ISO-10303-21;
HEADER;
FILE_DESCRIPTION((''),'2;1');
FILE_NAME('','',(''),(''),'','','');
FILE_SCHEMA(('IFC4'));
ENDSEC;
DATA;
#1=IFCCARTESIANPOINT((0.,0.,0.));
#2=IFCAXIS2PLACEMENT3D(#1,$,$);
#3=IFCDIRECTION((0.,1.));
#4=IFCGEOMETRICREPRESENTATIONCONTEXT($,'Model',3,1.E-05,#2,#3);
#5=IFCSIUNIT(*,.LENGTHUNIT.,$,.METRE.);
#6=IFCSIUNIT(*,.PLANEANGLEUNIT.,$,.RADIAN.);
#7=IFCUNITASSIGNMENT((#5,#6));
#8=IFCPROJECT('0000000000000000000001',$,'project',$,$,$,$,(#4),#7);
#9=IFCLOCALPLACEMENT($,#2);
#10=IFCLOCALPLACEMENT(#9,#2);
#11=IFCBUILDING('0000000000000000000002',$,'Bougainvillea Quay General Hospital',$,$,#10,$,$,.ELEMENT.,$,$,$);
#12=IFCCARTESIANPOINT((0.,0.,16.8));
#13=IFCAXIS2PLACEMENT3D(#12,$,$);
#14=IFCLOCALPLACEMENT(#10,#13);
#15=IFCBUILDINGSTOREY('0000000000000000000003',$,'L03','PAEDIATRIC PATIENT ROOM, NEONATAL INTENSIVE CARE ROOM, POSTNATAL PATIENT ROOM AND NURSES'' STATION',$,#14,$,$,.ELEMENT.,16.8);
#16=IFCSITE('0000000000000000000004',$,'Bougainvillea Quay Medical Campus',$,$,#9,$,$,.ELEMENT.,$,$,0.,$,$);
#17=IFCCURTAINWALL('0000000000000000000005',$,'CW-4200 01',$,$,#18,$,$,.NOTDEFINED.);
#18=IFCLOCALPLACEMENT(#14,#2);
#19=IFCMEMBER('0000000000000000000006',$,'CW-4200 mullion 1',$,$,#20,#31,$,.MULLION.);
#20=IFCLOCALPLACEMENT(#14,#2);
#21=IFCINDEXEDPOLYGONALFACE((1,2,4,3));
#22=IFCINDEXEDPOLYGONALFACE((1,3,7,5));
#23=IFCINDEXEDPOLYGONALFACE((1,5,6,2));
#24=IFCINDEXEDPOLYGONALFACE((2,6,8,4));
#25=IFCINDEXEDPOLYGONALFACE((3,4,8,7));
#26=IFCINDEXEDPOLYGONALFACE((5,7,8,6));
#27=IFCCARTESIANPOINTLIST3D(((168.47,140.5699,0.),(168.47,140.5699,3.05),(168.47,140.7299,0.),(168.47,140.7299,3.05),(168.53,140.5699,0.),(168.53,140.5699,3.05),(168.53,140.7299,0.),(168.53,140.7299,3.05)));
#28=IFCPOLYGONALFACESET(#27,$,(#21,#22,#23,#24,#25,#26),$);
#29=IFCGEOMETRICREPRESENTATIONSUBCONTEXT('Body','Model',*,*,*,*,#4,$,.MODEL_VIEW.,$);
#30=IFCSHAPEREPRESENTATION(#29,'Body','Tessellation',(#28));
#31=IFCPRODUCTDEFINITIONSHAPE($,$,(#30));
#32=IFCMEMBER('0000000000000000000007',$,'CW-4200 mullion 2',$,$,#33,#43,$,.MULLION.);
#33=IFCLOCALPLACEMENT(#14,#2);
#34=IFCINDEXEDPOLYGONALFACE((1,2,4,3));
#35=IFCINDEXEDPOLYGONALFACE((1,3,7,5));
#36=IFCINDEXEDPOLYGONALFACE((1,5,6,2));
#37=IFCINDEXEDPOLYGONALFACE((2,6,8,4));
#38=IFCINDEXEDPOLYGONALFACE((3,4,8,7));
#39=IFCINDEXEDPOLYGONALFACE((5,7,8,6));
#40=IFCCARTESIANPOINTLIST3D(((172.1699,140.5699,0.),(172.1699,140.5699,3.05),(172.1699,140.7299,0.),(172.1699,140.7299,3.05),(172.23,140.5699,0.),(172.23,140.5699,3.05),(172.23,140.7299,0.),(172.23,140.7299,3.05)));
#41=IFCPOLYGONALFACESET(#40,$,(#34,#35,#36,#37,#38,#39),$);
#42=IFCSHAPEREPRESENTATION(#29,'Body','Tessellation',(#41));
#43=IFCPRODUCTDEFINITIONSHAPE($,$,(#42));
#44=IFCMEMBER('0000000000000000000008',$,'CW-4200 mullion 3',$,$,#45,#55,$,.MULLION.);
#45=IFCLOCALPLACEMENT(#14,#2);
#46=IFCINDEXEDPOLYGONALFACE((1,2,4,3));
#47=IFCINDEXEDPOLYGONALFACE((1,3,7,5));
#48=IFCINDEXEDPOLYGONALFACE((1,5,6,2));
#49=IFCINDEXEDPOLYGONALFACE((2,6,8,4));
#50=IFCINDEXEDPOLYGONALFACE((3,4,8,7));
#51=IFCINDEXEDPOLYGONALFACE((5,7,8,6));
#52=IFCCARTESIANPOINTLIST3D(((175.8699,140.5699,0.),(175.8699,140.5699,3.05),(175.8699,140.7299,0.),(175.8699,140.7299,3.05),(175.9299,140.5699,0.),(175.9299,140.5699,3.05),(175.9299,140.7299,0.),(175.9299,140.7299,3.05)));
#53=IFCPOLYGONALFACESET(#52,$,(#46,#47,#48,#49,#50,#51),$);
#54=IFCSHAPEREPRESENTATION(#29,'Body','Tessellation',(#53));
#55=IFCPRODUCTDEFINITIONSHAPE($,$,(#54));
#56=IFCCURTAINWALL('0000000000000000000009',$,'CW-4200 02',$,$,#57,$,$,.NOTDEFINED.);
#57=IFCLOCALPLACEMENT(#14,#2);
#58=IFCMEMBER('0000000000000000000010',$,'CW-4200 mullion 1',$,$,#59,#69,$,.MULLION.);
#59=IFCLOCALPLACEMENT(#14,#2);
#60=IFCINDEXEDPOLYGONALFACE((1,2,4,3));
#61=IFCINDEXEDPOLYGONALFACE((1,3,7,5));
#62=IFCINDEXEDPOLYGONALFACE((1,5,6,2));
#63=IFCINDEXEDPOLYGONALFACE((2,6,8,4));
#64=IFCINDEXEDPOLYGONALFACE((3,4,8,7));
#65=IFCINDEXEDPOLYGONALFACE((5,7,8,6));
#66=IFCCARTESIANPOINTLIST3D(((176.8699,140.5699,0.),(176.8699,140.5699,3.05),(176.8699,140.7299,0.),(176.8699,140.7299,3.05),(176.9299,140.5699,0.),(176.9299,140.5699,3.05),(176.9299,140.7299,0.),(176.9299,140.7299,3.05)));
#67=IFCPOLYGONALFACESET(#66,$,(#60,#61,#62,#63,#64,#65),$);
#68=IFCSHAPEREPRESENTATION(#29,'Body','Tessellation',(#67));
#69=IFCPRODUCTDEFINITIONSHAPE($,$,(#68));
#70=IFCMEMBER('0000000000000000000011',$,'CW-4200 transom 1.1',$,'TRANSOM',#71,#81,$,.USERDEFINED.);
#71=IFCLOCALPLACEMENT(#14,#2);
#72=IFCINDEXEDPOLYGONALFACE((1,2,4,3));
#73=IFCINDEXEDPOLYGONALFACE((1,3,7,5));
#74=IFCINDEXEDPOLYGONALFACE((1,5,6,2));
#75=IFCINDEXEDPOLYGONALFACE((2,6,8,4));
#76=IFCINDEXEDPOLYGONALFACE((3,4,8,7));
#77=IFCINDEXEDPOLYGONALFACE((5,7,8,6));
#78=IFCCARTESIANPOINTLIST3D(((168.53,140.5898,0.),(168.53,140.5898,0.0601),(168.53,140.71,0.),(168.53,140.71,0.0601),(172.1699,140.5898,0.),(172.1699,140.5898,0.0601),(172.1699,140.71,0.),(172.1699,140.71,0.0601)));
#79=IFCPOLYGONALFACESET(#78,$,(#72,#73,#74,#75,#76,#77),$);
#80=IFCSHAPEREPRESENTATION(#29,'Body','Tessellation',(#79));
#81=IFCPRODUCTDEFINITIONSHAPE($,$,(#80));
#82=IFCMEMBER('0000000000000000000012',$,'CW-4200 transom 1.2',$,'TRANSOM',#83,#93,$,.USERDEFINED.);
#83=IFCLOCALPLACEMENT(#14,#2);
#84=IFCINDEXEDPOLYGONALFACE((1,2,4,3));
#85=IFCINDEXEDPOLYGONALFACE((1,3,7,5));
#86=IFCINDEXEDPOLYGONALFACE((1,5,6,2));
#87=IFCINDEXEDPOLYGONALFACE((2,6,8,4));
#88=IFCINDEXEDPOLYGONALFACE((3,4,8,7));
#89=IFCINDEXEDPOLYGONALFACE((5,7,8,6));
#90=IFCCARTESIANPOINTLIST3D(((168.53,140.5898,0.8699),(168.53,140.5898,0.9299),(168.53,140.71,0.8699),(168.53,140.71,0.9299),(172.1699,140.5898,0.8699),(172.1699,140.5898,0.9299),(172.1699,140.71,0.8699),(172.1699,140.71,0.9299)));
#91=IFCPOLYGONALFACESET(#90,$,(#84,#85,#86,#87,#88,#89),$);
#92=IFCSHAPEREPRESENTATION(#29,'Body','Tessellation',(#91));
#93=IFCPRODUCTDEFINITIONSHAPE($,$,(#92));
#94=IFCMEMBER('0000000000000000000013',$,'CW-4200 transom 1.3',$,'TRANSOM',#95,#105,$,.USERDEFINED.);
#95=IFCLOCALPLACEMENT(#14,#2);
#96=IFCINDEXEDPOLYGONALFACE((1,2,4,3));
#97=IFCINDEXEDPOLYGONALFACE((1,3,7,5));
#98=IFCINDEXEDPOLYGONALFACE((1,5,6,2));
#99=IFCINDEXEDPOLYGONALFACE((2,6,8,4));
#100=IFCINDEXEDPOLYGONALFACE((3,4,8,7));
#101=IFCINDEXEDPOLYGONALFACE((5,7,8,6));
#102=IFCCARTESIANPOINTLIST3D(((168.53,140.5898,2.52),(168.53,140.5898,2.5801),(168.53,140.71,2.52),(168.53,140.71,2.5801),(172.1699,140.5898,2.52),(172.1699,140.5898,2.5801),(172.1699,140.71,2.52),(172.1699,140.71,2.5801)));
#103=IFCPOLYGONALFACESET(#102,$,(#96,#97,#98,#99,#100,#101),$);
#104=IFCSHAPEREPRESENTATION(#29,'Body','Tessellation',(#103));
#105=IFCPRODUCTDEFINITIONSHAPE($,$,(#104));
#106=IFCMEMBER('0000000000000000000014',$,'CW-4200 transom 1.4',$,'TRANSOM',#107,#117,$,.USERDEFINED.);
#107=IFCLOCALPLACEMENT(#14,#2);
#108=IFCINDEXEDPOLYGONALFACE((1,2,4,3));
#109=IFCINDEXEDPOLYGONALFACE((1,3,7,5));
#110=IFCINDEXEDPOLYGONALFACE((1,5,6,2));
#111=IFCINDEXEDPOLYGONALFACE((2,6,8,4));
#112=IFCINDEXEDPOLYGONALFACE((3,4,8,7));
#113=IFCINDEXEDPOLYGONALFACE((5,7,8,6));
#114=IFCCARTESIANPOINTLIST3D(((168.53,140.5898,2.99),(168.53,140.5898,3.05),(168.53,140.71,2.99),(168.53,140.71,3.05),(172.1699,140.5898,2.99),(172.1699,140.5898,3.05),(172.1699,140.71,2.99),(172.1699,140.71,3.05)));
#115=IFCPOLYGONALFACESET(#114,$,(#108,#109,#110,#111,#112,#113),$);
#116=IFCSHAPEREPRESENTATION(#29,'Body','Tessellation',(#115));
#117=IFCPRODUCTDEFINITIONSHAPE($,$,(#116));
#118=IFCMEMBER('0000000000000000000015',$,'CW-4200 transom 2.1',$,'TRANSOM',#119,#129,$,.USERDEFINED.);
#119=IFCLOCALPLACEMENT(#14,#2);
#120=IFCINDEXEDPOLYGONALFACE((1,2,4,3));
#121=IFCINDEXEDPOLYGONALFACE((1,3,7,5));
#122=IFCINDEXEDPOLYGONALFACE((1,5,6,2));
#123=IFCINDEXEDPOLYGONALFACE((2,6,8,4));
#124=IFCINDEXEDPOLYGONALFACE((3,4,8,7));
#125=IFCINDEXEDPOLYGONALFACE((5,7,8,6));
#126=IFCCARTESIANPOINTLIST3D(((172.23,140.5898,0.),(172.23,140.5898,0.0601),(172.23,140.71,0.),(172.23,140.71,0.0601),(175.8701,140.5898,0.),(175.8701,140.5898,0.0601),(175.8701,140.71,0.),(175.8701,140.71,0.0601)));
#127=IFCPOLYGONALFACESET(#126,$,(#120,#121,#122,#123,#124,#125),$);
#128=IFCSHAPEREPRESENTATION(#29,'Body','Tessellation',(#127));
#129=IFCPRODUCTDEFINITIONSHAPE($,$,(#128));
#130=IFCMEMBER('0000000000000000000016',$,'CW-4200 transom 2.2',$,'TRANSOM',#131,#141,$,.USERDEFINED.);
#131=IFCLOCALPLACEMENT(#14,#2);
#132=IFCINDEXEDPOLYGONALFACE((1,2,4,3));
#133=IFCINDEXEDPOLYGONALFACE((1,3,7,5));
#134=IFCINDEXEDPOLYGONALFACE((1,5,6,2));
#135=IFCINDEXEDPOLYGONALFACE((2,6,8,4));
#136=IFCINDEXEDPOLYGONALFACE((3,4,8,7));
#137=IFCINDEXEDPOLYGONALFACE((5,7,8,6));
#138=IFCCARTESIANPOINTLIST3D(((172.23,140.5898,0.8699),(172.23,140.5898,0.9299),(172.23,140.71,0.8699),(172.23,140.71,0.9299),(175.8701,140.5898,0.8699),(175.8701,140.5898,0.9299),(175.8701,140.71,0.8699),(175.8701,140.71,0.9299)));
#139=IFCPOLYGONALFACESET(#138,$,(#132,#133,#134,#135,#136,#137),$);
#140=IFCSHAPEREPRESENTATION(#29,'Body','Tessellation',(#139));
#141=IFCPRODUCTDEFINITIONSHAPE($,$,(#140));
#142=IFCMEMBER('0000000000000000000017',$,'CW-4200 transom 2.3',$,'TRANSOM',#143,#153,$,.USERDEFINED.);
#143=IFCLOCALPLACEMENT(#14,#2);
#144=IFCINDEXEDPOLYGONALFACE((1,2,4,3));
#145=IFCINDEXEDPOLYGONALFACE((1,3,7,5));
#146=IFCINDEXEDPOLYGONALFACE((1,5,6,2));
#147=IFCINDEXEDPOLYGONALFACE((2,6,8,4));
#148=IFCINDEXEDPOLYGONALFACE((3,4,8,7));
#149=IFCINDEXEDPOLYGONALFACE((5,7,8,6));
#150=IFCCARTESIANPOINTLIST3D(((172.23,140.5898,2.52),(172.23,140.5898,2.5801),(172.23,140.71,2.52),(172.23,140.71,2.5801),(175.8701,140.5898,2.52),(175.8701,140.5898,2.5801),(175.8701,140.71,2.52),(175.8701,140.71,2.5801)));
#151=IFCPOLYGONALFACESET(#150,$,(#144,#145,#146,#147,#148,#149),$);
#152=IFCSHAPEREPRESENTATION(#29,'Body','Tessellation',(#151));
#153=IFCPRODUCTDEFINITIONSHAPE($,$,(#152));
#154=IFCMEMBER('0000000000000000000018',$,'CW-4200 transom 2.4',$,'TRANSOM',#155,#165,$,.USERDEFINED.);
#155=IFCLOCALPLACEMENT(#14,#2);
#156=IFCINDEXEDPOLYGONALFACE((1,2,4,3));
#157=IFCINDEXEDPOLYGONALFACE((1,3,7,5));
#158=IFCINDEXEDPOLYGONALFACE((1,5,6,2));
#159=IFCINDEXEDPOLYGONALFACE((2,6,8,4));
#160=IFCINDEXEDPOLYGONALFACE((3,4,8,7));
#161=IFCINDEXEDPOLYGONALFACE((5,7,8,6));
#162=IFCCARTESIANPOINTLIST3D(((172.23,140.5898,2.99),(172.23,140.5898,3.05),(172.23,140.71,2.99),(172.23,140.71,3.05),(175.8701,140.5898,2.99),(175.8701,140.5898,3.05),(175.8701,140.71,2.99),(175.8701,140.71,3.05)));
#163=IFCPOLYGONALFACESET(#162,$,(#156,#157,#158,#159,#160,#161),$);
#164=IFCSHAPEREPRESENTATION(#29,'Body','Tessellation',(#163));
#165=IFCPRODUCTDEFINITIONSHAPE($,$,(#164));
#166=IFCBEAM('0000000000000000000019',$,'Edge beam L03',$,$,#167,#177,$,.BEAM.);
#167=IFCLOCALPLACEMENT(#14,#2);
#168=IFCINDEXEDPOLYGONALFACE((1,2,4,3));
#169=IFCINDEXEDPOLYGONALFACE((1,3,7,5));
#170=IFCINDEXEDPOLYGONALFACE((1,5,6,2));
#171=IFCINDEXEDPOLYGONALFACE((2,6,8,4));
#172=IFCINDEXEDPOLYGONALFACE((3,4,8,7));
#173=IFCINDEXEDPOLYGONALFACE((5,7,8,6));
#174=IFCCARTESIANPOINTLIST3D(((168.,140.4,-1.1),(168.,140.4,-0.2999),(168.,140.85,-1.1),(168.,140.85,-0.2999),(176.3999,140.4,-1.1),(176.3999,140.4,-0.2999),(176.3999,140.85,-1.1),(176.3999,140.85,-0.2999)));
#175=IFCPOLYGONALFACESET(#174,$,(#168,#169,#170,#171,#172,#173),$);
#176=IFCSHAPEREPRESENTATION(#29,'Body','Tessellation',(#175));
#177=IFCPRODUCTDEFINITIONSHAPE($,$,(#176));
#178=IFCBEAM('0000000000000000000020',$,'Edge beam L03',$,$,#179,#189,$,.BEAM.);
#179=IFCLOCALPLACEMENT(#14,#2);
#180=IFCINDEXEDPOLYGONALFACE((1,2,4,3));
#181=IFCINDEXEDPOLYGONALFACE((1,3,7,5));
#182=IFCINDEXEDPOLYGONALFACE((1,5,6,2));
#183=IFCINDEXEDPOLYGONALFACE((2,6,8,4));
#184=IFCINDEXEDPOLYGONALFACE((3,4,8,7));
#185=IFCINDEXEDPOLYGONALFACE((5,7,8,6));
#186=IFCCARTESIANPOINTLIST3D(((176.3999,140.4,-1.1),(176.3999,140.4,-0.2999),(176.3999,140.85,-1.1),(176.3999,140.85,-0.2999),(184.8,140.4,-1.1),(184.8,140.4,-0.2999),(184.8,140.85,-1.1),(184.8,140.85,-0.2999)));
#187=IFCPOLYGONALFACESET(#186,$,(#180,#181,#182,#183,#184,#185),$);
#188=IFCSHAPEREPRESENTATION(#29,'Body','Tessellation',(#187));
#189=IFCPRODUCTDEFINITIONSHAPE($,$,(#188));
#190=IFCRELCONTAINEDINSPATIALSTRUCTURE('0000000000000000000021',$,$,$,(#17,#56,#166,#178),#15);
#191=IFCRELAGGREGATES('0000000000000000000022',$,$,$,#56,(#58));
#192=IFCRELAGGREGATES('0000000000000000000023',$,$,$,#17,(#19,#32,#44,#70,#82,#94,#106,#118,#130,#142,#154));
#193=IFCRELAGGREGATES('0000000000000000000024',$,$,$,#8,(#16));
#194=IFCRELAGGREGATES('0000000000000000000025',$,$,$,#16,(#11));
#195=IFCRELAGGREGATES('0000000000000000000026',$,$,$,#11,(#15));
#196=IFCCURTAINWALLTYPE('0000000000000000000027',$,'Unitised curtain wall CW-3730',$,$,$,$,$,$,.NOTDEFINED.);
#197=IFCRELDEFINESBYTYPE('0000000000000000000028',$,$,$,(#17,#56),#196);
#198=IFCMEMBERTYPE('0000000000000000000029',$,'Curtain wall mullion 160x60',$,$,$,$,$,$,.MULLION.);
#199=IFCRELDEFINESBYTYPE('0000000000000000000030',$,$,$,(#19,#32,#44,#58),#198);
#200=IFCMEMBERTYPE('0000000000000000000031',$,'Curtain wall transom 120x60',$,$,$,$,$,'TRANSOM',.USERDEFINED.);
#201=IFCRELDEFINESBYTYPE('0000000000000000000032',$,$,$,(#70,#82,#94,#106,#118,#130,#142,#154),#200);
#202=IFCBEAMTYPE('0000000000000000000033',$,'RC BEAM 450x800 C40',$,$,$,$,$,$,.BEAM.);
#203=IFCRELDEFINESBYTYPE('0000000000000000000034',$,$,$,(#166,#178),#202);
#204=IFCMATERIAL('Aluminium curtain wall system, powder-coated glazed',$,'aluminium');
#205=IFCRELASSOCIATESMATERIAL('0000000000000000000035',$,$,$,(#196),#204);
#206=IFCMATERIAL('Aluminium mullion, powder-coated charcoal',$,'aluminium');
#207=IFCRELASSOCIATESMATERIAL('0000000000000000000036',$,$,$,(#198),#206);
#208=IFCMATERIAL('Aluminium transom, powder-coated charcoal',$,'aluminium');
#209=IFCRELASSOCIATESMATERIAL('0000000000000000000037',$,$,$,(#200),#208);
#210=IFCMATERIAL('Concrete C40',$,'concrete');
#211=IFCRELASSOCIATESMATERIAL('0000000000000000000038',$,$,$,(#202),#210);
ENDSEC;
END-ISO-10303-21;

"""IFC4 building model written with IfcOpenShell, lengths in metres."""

from ifc_helpers import new_model, si_unit, direction, frame, origin, origin_2d, place, context, subcontext, project, spatial, rectangle, extrude, material, material_profile, profile_set, type_object, element, aggregate, save


model = new_model("IFC4")

# Units and contexts
model_context = context("Model", 3, precision=1e-05, world=origin(), true_north=direction((0.0, 1.0)))
body_context = subcontext(model_context, "Body", "Model", "MODEL_VIEW")
ifc_project = project(units=[si_unit("LENGTHUNIT", "METRE"), si_unit("PLANEANGLEUNIT", "RADIAN")], contexts=[model_context])

# Site, building, storey
site_placement = place(None, origin())
site = spatial("IfcSite", under=ifc_project, at=site_placement, Name="Bougainvillea Quay Medical Campus", CompositionType="ELEMENT", RefElevation=0.0)
building_placement = place(site_placement, origin())
building = spatial("IfcBuilding", under=site, at=building_placement, Name="Bougainvillea Quay General Hospital", CompositionType="ELEMENT")
storey_placement = place(building_placement, frame((0.0, 0.0, 16.8)))
storey = spatial("IfcBuildingStorey", under=building, at=storey_placement, Name="L03", Description="PAEDIATRIC PATIENT ROOM, NEONATAL INTENSIVE CARE ROOM, POSTNATAL PATIENT ROOM AND NURSES' STATION", CompositionType="ELEMENT", Elevation=16.8)

# Curtain wall, members
ifc_material_1 = material(Name="Aluminium curtain wall system, powder-coated glazed", Category="aluminium")
curtain_wall_type = type_object("IfcCurtainWallType", Name="Unitised curtain wall CW-3730", PredefinedType="NOTDEFINED", material=ifc_material_1)
curtain_wall_1_placement = place(storey_placement, origin())
curtain_wall_1 = element("IfcCurtainWall", 1, at=curtain_wall_1_placement, inside=storey, type_object=curtain_wall_type, Name="CW-4200 01", PredefinedType="NOTDEFINED")
ifc_material_2 = material(Name="Aluminium mullion, powder-coated charcoal", Category="aluminium")
ifc_material_profile_1 = material_profile(ifc_material_2, rectangle(XDim=0.1599, YDim=0.0601, at=origin_2d()))
ifc_profile_set_1 = profile_set([ifc_material_profile_1], Name="Aluminium mullion, powder-coated charcoal")
member_type_1 = type_object("IfcMemberType", Name="Curtain wall mullion 160x60", PredefinedType="MULLION", material=ifc_profile_set_1)
member_1_placement = place(storey_placement, frame((168.5, 140.6499, 0.0), z_axis=(0.0, 0.0, 1.0), x_axis=(0.0, 1.0, 0.0)))
member_1 = element("IfcMember", 2, at=member_1_placement, type_object=member_type_1, Name="CW-4200 mullion 1", PredefinedType="MULLION", context=body_context, shape_type="SweptSolid", body=[
    extrude(rectangle(XDim=0.1599, YDim=0.0601, at=origin_2d()), origin(), (0.0, 0.0, 1.0), 3.05),
])
member_2_placement = place(storey_placement, frame((172.2, 140.6499, 0.0), z_axis=(0.0, 0.0, 1.0), x_axis=(0.0, 1.0, 0.0)))
member_2 = element("IfcMember", 3, at=member_2_placement, type_object=member_type_1, Name="CW-4200 mullion 2", PredefinedType="MULLION", context=body_context, shape_type="SweptSolid", body=[
    extrude(rectangle(XDim=0.1599, YDim=0.0601, at=origin_2d()), origin(), (0.0, 0.0, 1.0), 3.05),
])
member_3_placement = place(storey_placement, frame((175.8999, 140.6499, 0.0), z_axis=(0.0, 0.0, 1.0), x_axis=(0.0, 1.0, 0.0)))
member_3 = element("IfcMember", 4, at=member_3_placement, type_object=member_type_1, Name="CW-4200 mullion 3", PredefinedType="MULLION", context=body_context, shape_type="SweptSolid", body=[
    extrude(rectangle(XDim=0.1599, YDim=0.0601, at=origin_2d()), origin(), (0.0, 0.0, 1.0), 3.05),
])

# Curtain wall, member
curtain_wall_2_placement = place(storey_placement, origin())
curtain_wall_2 = element("IfcCurtainWall", 5, at=curtain_wall_2_placement, inside=storey, type_object=curtain_wall_type, Name="CW-4200 02", PredefinedType="NOTDEFINED")
member_4_placement = place(storey_placement, frame((176.8999, 140.6499, 0.0), z_axis=(0.0, 0.0, 1.0), x_axis=(0.0, 1.0, 0.0)))
member_4 = element("IfcMember", 6, at=member_4_placement, type_object=member_type_1, Name="CW-4200 mullion 1", PredefinedType="MULLION", context=body_context, shape_type="SweptSolid", body=[
    extrude(rectangle(XDim=0.1599, YDim=0.0601, at=origin_2d()), origin(), (0.0, 0.0, 1.0), 3.05),
])
aggregate(curtain_wall_2, [member_4])

# Members
ifc_material_3 = material(Name="Aluminium transom, powder-coated charcoal", Category="aluminium")
ifc_material_profile_2 = material_profile(ifc_material_3, rectangle(XDim=0.1201, YDim=0.0601, at=origin_2d()))
ifc_profile_set_2 = profile_set([ifc_material_profile_2], Name="Aluminium transom, powder-coated charcoal")
member_type_2 = type_object("IfcMemberType", Name="Curtain wall transom 120x60", ElementType="TRANSOM", PredefinedType="USERDEFINED", material=ifc_profile_set_2)
member_5_placement = place(storey_placement, frame((168.53, 140.6499, 0.03), z_axis=(1.0, 0.0, 0.0), x_axis=(0.0, 1.0, 0.0)))
member_5 = element("IfcMember", 7, at=member_5_placement, type_object=member_type_2, Name="CW-4200 transom 1.1", ObjectType="TRANSOM", PredefinedType="USERDEFINED", context=body_context, shape_type="SweptSolid", body=[
    extrude(rectangle(XDim=0.1201, YDim=0.0601, at=origin_2d()), origin(), (0.0, 0.0, 1.0), 3.6399),
])
member_6_placement = place(storey_placement, frame((168.53, 140.6499, 0.8999), z_axis=(1.0, 0.0, 0.0), x_axis=(0.0, 1.0, 0.0)))
member_6 = element("IfcMember", 8, at=member_6_placement, type_object=member_type_2, Name="CW-4200 transom 1.2", ObjectType="TRANSOM", PredefinedType="USERDEFINED", context=body_context, shape_type="SweptSolid", body=[
    extrude(rectangle(XDim=0.1201, YDim=0.0601, at=origin_2d()), origin(), (0.0, 0.0, 1.0), 3.6399),
])
member_7_placement = place(storey_placement, frame((168.53, 140.6499, 2.55), z_axis=(1.0, 0.0, 0.0), x_axis=(0.0, 1.0, 0.0)))
member_7 = element("IfcMember", 9, at=member_7_placement, type_object=member_type_2, Name="CW-4200 transom 1.3", ObjectType="TRANSOM", PredefinedType="USERDEFINED", context=body_context, shape_type="SweptSolid", body=[
    extrude(rectangle(XDim=0.1201, YDim=0.0601, at=origin_2d()), origin(), (0.0, 0.0, 1.0), 3.6399),
])
member_8_placement = place(storey_placement, frame((168.53, 140.6499, 3.02), z_axis=(1.0, 0.0, 0.0), x_axis=(0.0, 1.0, 0.0)))
member_8 = element("IfcMember", 10, at=member_8_placement, type_object=member_type_2, Name="CW-4200 transom 1.4", ObjectType="TRANSOM", PredefinedType="USERDEFINED", context=body_context, shape_type="SweptSolid", body=[
    extrude(rectangle(XDim=0.1201, YDim=0.0601, at=origin_2d()), origin(), (0.0, 0.0, 1.0), 3.6399),
])
member_9_placement = place(storey_placement, frame((172.23, 140.6499, 0.03), z_axis=(1.0, 0.0, 0.0), x_axis=(0.0, 1.0, 0.0)))
member_9 = element("IfcMember", 11, at=member_9_placement, type_object=member_type_2, Name="CW-4200 transom 2.1", ObjectType="TRANSOM", PredefinedType="USERDEFINED", context=body_context, shape_type="SweptSolid", body=[
    extrude(rectangle(XDim=0.1201, YDim=0.0601, at=origin_2d()), origin(), (0.0, 0.0, 1.0), 3.6401),
])
member_10_placement = place(storey_placement, frame((172.23, 140.6499, 0.8999), z_axis=(1.0, 0.0, 0.0), x_axis=(0.0, 1.0, 0.0)))
member_10 = element("IfcMember", 12, at=member_10_placement, type_object=member_type_2, Name="CW-4200 transom 2.2", ObjectType="TRANSOM", PredefinedType="USERDEFINED", context=body_context, shape_type="SweptSolid", body=[
    extrude(rectangle(XDim=0.1201, YDim=0.0601, at=origin_2d()), origin(), (0.0, 0.0, 1.0), 3.6401),
])
member_11_placement = place(storey_placement, frame((172.23, 140.6499, 2.55), z_axis=(1.0, 0.0, 0.0), x_axis=(0.0, 1.0, 0.0)))
member_11 = element("IfcMember", 13, at=member_11_placement, type_object=member_type_2, Name="CW-4200 transom 2.3", ObjectType="TRANSOM", PredefinedType="USERDEFINED", context=body_context, shape_type="SweptSolid", body=[
    extrude(rectangle(XDim=0.1201, YDim=0.0601, at=origin_2d()), origin(), (0.0, 0.0, 1.0), 3.6401),
])
member_12_placement = place(storey_placement, frame((172.23, 140.6499, 3.02), z_axis=(1.0, 0.0, 0.0), x_axis=(0.0, 1.0, 0.0)))
member_12 = element("IfcMember", 14, at=member_12_placement, type_object=member_type_2, Name="CW-4200 transom 2.4", ObjectType="TRANSOM", PredefinedType="USERDEFINED", context=body_context, shape_type="SweptSolid", body=[
    extrude(rectangle(XDim=0.1201, YDim=0.0601, at=origin_2d()), origin(), (0.0, 0.0, 1.0), 3.6401),
])

# Beams
ifc_material_4 = material(Name="Concrete C40", Category="concrete")
ifc_material_profile_3 = material_profile(ifc_material_4, rectangle(XDim=0.45, YDim=0.8, at=origin_2d()))
ifc_profile_set_3 = profile_set([ifc_material_profile_3], Name="Concrete C40")
beam_type = type_object("IfcBeamType", Name="RC BEAM 450x800 C40", PredefinedType="BEAM", material=ifc_profile_set_3)
beam_1_placement = place(storey_placement, frame((168.0, 140.625, -0.7), z_axis=(1.0, 0.0, 0.0), x_axis=(0.0, 1.0, 0.0)))
element("IfcBeam", 15, at=beam_1_placement, inside=storey, type_object=beam_type, Name="Edge beam L03", PredefinedType="BEAM", context=body_context, shape_type="SweptSolid", body=[
    extrude(rectangle(XDim=0.45, YDim=0.8, at=origin_2d()), origin(), (0.0, 0.0, 1.0), 8.3999),
])
beam_2_placement = place(storey_placement, frame((176.3999, 140.625, -0.7), z_axis=(1.0, 0.0, 0.0), x_axis=(0.0, 1.0, 0.0)))
element("IfcBeam", 16, at=beam_2_placement, inside=storey, type_object=beam_type, Name="Edge beam L03", PredefinedType="BEAM", context=body_context, shape_type="SweptSolid", body=[
    extrude(rectangle(XDim=0.45, YDim=0.8, at=origin_2d()), origin(), (0.0, 0.0, 1.0), 8.4001),
])

aggregate(curtain_wall_1, [member_1, member_2, member_3, member_5, member_6, member_7, member_8, member_9, member_10, member_11, member_12])

save(model, "model.ifc")
